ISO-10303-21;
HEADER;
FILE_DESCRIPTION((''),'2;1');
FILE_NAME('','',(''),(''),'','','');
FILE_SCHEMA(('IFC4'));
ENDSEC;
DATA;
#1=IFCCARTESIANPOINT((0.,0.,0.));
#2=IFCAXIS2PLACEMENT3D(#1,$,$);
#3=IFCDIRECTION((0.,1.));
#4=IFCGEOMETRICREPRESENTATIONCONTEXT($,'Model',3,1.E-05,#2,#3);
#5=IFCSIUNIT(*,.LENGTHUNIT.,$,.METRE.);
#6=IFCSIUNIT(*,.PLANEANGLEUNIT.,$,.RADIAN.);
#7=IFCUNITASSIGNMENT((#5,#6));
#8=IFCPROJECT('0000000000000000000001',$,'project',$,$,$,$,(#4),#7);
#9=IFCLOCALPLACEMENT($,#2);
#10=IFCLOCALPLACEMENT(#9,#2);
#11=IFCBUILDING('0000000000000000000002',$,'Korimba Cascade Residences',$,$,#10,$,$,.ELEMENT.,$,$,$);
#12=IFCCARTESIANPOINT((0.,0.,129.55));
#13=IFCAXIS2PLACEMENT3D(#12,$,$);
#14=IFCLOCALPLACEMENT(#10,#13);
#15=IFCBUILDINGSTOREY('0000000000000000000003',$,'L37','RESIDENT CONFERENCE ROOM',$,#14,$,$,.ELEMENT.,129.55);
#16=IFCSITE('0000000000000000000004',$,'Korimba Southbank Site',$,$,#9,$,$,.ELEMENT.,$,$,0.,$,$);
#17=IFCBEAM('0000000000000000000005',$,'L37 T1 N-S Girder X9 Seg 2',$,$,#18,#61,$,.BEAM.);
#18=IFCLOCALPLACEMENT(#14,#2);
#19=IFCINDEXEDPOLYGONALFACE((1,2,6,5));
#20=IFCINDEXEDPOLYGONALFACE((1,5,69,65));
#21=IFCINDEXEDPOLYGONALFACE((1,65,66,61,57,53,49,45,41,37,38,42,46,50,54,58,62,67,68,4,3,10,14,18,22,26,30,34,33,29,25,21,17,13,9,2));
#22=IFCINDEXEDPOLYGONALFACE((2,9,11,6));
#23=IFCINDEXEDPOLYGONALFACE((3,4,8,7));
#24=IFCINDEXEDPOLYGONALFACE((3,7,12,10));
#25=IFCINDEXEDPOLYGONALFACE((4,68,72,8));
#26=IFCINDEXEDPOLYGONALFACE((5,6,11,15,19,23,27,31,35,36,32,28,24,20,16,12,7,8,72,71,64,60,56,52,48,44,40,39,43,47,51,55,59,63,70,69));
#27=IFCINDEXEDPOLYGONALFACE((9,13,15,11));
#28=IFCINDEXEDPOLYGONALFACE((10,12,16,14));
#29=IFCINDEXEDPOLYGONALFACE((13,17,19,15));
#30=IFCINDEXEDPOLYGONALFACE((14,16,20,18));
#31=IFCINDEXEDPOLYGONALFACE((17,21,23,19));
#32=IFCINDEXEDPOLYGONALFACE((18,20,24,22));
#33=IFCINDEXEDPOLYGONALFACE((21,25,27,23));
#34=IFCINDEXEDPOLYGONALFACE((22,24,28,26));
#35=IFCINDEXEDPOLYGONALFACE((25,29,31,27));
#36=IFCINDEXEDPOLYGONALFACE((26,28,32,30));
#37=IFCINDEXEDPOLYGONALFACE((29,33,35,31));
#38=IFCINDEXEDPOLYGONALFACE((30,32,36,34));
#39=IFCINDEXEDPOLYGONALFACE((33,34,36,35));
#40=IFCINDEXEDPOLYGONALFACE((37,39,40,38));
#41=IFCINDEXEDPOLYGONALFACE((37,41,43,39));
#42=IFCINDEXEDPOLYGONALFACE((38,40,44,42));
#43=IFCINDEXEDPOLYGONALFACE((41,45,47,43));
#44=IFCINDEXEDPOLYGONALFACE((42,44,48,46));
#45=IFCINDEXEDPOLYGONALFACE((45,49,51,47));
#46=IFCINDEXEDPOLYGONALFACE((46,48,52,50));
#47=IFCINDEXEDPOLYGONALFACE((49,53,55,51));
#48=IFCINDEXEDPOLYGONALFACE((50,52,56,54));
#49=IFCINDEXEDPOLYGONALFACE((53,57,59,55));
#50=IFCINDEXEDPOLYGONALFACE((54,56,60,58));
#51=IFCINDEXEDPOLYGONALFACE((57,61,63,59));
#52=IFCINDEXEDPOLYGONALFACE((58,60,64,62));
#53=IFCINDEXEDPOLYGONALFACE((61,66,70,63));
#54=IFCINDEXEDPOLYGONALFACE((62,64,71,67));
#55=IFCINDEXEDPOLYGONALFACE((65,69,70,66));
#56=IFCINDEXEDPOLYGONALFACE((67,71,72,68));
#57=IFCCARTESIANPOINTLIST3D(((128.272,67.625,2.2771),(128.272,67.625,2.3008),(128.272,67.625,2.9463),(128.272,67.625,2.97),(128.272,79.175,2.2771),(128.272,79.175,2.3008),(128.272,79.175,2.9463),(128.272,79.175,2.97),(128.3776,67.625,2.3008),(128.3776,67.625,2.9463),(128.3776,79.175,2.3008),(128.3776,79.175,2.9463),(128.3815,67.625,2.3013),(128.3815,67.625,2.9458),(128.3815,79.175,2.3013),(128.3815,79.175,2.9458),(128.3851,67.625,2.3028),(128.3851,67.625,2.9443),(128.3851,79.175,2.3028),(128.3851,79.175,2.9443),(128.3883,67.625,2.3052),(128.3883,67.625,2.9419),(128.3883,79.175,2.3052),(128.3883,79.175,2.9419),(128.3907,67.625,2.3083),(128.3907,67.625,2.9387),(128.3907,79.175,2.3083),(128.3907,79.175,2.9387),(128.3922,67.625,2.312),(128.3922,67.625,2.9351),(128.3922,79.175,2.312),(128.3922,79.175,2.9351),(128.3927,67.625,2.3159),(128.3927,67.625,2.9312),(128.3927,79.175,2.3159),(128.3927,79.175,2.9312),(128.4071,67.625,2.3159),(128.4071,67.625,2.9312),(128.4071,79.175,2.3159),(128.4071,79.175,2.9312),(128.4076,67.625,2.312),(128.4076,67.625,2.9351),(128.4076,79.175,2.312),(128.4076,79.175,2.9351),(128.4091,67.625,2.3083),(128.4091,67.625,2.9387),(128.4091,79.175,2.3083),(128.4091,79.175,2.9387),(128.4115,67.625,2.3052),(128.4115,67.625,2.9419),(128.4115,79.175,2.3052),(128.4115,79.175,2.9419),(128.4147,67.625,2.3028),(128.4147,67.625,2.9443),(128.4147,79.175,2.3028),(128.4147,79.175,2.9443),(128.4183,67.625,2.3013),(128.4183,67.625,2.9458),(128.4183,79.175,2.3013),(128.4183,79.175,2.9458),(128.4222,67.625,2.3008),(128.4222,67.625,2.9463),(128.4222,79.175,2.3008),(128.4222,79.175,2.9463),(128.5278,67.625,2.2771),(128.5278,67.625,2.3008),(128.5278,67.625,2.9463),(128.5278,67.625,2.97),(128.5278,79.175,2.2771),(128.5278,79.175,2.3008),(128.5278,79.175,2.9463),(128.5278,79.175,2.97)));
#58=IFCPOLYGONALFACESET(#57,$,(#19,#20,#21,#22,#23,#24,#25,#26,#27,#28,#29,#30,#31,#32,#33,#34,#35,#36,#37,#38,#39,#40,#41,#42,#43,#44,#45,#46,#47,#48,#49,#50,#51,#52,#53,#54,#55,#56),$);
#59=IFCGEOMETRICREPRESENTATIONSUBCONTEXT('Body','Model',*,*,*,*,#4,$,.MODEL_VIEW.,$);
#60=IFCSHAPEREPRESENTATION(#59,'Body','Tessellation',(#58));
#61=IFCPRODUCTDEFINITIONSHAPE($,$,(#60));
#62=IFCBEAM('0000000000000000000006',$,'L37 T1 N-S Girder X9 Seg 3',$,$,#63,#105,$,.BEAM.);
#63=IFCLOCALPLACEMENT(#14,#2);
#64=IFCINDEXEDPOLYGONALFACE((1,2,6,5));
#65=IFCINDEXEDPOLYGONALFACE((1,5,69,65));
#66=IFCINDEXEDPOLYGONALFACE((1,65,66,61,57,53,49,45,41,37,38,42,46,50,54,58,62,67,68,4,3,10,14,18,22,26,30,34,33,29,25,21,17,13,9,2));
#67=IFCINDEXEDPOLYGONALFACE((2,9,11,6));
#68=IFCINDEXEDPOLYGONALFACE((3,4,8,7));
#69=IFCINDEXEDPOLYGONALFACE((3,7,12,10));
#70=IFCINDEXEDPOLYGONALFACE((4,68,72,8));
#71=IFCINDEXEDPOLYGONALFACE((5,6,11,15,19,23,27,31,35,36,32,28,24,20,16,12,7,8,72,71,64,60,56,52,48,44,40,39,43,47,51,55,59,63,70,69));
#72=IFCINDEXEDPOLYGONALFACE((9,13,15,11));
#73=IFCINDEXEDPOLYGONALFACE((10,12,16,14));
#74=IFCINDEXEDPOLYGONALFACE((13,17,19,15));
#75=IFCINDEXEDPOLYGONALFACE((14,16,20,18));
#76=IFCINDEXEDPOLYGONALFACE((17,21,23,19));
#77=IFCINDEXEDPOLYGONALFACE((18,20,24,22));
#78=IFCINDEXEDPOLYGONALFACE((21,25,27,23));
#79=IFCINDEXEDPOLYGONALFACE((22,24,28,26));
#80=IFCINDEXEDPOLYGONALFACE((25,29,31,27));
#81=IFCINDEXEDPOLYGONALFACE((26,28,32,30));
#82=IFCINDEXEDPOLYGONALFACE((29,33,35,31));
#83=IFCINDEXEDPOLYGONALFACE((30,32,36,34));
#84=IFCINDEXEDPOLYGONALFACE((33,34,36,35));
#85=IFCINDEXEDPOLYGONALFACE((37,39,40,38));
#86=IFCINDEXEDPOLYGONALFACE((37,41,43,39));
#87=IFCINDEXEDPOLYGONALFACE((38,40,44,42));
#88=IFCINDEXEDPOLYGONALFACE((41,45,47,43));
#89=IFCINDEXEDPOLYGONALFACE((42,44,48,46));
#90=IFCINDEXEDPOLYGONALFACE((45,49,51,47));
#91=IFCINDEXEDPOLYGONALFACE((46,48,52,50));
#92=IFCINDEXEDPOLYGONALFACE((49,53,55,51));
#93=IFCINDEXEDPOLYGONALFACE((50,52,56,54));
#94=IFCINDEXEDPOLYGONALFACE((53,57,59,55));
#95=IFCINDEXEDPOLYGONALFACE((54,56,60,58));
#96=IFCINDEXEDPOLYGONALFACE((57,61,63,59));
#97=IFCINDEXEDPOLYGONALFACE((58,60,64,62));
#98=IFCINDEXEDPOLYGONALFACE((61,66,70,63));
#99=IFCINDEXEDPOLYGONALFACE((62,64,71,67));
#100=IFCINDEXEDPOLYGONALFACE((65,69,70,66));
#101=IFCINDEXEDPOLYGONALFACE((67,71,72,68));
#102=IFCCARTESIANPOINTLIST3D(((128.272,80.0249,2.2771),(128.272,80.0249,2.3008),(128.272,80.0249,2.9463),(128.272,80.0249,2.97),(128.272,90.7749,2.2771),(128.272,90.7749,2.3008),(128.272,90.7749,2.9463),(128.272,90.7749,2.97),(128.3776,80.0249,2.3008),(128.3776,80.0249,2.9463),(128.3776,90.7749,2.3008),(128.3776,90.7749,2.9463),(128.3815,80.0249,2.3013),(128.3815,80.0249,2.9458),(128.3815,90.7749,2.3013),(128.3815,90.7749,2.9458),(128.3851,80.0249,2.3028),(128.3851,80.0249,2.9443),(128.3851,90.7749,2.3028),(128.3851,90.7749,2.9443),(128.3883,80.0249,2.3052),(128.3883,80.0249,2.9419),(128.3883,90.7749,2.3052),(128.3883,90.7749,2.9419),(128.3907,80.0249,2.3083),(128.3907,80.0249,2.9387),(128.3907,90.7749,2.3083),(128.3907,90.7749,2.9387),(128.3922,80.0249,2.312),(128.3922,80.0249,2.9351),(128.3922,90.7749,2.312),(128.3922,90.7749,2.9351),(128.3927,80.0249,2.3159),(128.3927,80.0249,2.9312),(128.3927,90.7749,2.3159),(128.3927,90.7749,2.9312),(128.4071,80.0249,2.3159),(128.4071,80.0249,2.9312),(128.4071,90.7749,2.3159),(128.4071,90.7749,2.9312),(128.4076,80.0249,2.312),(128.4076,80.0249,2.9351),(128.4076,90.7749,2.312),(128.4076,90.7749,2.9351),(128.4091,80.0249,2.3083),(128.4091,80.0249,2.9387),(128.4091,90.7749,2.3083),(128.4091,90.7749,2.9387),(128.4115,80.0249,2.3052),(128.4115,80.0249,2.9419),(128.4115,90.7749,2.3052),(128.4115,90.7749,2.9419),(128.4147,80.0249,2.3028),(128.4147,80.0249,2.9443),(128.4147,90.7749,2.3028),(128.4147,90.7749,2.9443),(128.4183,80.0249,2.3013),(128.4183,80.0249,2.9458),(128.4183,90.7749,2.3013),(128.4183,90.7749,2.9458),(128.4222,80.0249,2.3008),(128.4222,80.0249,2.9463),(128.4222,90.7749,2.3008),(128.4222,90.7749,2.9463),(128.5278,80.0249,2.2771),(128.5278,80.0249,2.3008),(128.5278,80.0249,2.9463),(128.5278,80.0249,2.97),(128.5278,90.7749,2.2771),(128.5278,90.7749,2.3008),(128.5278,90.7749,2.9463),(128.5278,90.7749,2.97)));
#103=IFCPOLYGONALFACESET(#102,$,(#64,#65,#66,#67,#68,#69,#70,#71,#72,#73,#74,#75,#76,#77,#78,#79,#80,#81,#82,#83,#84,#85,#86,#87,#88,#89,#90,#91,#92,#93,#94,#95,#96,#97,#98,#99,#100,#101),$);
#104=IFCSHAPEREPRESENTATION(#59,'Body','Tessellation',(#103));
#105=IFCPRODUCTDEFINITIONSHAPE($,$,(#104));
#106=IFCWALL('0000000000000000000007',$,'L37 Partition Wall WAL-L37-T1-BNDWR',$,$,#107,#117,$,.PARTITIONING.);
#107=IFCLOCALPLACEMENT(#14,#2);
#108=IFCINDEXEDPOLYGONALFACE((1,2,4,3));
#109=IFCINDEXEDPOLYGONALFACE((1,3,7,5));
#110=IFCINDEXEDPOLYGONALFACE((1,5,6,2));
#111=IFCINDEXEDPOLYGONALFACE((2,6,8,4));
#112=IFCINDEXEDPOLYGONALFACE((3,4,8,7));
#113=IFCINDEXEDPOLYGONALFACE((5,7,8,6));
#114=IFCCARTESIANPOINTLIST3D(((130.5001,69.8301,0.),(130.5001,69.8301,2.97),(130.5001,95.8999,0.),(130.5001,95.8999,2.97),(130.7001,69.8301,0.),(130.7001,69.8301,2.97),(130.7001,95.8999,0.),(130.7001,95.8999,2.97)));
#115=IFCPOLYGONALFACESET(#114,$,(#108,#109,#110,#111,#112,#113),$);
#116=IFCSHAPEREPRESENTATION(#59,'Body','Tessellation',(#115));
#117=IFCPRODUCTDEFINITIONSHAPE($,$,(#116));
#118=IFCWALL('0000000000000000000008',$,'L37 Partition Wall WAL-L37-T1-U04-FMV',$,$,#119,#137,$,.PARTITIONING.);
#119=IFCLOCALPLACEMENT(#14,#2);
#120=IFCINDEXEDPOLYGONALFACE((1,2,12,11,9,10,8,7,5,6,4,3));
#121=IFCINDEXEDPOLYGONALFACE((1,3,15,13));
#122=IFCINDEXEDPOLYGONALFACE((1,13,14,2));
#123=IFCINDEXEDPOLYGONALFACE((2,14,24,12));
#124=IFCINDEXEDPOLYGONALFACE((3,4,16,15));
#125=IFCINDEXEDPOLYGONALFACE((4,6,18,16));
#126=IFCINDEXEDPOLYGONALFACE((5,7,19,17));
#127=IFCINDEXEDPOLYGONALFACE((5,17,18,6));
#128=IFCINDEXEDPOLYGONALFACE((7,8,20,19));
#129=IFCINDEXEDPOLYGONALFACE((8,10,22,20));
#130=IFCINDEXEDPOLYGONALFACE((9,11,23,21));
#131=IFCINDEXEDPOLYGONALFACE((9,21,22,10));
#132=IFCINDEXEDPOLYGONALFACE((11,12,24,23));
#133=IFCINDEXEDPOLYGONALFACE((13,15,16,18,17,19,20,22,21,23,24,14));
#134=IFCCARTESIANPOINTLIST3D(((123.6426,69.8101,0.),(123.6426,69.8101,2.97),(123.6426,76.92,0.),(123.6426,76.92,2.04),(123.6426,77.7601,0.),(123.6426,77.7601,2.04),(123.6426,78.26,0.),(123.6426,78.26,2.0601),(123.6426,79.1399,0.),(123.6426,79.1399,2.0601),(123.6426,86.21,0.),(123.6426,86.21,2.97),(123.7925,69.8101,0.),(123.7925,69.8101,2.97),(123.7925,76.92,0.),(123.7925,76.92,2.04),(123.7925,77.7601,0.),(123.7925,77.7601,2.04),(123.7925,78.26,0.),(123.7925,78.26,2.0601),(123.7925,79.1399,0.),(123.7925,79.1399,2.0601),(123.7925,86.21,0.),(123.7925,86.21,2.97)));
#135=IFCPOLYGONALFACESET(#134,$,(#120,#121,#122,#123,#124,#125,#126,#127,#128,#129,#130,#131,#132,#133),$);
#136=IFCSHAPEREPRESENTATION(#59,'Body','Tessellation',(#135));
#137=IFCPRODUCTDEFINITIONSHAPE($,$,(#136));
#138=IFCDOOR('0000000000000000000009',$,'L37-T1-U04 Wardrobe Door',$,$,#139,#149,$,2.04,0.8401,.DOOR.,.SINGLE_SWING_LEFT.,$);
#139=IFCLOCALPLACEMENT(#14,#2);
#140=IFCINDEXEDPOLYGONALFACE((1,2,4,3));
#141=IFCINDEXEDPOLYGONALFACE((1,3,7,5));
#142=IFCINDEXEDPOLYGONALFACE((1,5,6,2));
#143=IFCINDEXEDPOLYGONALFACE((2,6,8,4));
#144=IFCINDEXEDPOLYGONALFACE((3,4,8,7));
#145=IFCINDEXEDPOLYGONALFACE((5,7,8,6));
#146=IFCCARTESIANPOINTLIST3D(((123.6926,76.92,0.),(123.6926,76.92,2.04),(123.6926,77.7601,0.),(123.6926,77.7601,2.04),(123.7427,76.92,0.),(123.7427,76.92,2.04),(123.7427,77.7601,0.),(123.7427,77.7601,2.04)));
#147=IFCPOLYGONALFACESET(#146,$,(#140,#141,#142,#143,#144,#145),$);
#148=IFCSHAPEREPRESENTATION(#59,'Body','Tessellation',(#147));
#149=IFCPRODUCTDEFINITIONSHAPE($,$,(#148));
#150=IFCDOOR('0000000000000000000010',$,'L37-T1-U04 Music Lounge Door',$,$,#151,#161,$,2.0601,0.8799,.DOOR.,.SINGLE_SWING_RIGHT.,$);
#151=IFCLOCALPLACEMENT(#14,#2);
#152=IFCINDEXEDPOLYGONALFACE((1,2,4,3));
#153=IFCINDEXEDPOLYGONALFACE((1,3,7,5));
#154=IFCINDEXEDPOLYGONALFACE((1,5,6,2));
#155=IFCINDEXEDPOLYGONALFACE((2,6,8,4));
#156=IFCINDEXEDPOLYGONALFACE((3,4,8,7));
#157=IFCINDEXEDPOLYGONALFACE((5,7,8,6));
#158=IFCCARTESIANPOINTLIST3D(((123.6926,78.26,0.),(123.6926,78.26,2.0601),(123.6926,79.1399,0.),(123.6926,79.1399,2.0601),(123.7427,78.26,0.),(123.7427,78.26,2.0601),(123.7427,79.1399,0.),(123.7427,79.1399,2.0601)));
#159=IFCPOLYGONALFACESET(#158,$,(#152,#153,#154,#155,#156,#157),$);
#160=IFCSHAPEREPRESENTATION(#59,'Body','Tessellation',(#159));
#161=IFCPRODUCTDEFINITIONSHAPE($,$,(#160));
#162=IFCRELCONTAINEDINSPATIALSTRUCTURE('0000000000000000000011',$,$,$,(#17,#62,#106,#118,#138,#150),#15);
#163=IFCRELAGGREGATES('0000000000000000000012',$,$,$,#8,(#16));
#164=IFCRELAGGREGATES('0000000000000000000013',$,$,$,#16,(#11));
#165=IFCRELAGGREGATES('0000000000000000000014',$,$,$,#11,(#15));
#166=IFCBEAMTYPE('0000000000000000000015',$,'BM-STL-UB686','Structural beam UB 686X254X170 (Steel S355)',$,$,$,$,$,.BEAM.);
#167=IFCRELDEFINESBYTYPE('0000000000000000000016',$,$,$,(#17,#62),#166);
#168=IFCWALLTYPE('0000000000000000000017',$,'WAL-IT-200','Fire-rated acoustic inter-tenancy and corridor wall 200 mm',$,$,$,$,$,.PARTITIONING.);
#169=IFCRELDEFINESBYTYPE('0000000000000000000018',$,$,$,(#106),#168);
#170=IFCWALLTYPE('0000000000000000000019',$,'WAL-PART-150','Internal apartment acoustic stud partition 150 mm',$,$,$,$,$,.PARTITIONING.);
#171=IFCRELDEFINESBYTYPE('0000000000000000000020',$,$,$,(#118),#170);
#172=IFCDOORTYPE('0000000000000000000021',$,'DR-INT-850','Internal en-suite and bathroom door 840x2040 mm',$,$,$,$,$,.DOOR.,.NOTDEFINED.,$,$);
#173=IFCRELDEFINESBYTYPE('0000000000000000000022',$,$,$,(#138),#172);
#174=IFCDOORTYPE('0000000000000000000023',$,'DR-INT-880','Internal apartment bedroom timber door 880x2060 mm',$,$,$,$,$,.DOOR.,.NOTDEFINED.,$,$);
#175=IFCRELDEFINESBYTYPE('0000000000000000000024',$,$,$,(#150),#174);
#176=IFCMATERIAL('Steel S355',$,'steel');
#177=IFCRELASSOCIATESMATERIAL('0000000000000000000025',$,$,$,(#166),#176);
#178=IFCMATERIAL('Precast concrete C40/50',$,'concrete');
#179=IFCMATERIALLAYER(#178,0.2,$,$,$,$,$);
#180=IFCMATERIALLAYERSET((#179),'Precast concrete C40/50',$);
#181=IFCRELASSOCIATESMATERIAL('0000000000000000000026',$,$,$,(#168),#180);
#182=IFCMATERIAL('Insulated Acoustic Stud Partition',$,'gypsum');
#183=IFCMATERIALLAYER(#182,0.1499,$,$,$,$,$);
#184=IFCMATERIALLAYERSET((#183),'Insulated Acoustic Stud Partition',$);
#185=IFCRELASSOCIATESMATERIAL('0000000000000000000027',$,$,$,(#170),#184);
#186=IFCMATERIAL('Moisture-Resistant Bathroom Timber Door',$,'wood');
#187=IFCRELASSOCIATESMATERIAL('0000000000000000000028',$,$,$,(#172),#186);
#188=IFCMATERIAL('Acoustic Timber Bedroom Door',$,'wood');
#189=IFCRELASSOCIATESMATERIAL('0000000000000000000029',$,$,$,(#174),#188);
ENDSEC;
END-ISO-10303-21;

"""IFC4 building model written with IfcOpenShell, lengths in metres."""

from ifc_helpers import new_model, si_unit, direction, frame, frame_2d, origin, origin_2d, place, context, subcontext, project, spatial, rectangle, i_section, extrude, material, layer, layer_set, material_profile, profile_set, type_object, element, fill, save


model = new_model("IFC4")

# Units and contexts
model_context = context("Model", 3, precision=1e-05, world=origin(), true_north=direction((0.0, 1.0)))
body_context = subcontext(model_context, "Body", "Model", "MODEL_VIEW")
ifc_project = project(units=[si_unit("LENGTHUNIT", "METRE"), si_unit("PLANEANGLEUNIT", "RADIAN")], contexts=[model_context])

# Site, building, storey
site_placement = place(None, origin())
site = spatial("IfcSite", under=ifc_project, at=site_placement, Name="Korimba Southbank Site", CompositionType="ELEMENT", RefElevation=0.0)
building_placement = place(site_placement, origin())
building = spatial("IfcBuilding", under=site, at=building_placement, Name="Korimba Cascade Residences", CompositionType="ELEMENT")
storey_placement = place(building_placement, frame((0.0, 0.0, 129.55)))
storey = spatial("IfcBuildingStorey", under=building, at=storey_placement, Name="L37", Description="RESIDENT CONFERENCE ROOM", CompositionType="ELEMENT", Elevation=129.55)

# Beams
ifc_material_1 = material(Name="Steel S355", Category="steel")
ifc_material_profile_1 = material_profile(ifc_material_1, i_section(OverallWidth=0.2559, OverallDepth=0.6929, WebThickness=0.0144, FlangeThickness=0.0237, FilletRadius=0.0151, at=origin_2d()), Name="Steel S355")
ifc_profile_set_1 = profile_set([ifc_material_profile_1], Name="Steel S355")
beam_type_1 = type_object("IfcBeamType", Name="BM-STL-UB686", Description="Structural beam UB 686X254X170 (Steel S355)", PredefinedType="BEAM", material=ifc_profile_set_1)
beam_1_placement = place(storey_placement, frame((128.3999, 67.625, 2.6235), z_axis=(0.0, 1.0, 0.0), x_axis=(-1.0, 0.0, 0.0)))
element("IfcBeam", 1, at=beam_1_placement, inside=storey, type_object=beam_type_1, Name="L37 T1 N-S Girder X9 Seg 2", PredefinedType="BEAM", context=body_context, shape_type="SweptSolid", body=[
    extrude(i_section(OverallWidth=0.2559, OverallDepth=0.6929, WebThickness=0.0144, FlangeThickness=0.0237, FilletRadius=0.0151, at=origin_2d()), origin(), (0.0, 0.0, 1.0), 11.55),
])
beam_2_placement = place(storey_placement, frame((128.3999, 80.0249, 2.6235), z_axis=(0.0, 1.0, 0.0), x_axis=(-1.0, 0.0, 0.0)))
element("IfcBeam", 2, at=beam_2_placement, inside=storey, type_object=beam_type_1, Name="L37 T1 N-S Girder X9 Seg 3", PredefinedType="BEAM", context=body_context, shape_type="SweptSolid", body=[
    extrude(i_section(OverallWidth=0.2559, OverallDepth=0.6929, WebThickness=0.0144, FlangeThickness=0.0237, FilletRadius=0.0151, at=origin_2d()), origin(), (0.0, 0.0, 1.0), 10.75),
])

# Wall
ifc_material_2 = material(Name="Precast concrete C40/50", Category="concrete")
ifc_layer_1 = layer(ifc_material_2, 0.2)
ifc_layer_set_1 = layer_set([ifc_layer_1], Name="Precast concrete C40/50")
wall_type_1 = type_object("IfcWallType", Name="WAL-IT-200", Description="Fire-rated acoustic inter-tenancy and corridor wall 200 mm", PredefinedType="PARTITIONING", material=ifc_layer_set_1)
wall_1_placement = place(storey_placement, frame((130.6001, 69.8301, 0.0), z_axis=(0.0, 0.0, 1.0), x_axis=(0.0, 1.0, 0.0)))
element("IfcWall", 3, at=wall_1_placement, inside=storey, type_object=wall_type_1, Name="L37 Partition Wall WAL-L37-T1-BNDWR", PredefinedType="PARTITIONING", context=body_context, shape_type="SweptSolid", body=[
    extrude(rectangle(XDim=26.0698, YDim=0.2, at=frame_2d((13.0349, 0.0))), origin(), (0.0, 0.0, 1.0), 2.97),
])

# Wall, openings, doors
ifc_material_3 = material(Name="Insulated Acoustic Stud Partition", Category="gypsum")
ifc_layer_2 = layer(ifc_material_3, 0.1499)
ifc_layer_set_2 = layer_set([ifc_layer_2], Name="Insulated Acoustic Stud Partition")
wall_type_2 = type_object("IfcWallType", Name="WAL-PART-150", Description="Internal apartment acoustic stud partition 150 mm", PredefinedType="PARTITIONING", material=ifc_layer_set_2)
wall_2_placement = place(storey_placement, frame((123.7175, 69.8101, 0.0), z_axis=(0.0, 0.0, 1.0), x_axis=(0.0, 1.0, 0.0)))
wall_2 = element("IfcWall", 4, at=wall_2_placement, inside=storey, type_object=wall_type_2, Name="L37 Partition Wall WAL-L37-T1-U04-FMV", PredefinedType="PARTITIONING", context=body_context, shape_type="SweptSolid", body=[
    extrude(rectangle(XDim=16.3999, YDim=0.1499, at=frame_2d((8.2, 0.0))), origin(), (0.0, 0.0, 1.0), 2.97),
])
opening_1_placement = place(wall_2_placement, frame((7.1101, 0.0, 0.0)))
opening_1 = element("IfcOpeningElement", 5, at=opening_1_placement, cuts=wall_2, PredefinedType="OPENING", context=body_context, shape_type="SweptSolid", body=[
    extrude(rectangle(XDim=0.8401, YDim=2.04, at=frame_2d((0.4199, 1.02))), frame((0.0, 0.085, 0.0), z_axis=(0.0, -1.0, 0.0), x_axis=(1.0, 0.0, 0.0)), (0.0, 0.0, 1.0), 0.1699),
])
opening_2_placement = place(wall_2_placement, frame((8.45, 0.0, 0.0)))
opening_2 = element("IfcOpeningElement", 6, at=opening_2_placement, cuts=wall_2, PredefinedType="OPENING", context=body_context, shape_type="SweptSolid", body=[
    extrude(rectangle(XDim=0.8799, YDim=2.0601, at=frame_2d((0.4399, 1.03))), frame((0.0, 0.085, 0.0), z_axis=(0.0, -1.0, 0.0), x_axis=(1.0, 0.0, 0.0)), (0.0, 0.0, 1.0), 0.1699),
])
ifc_material_4 = material(Name="Moisture-Resistant Bathroom Timber Door", Category="wood")
door_type_1 = type_object("IfcDoorType", Name="DR-INT-850", Description="Internal en-suite and bathroom door 840x2040 mm", OperationType="NOTDEFINED", PredefinedType="DOOR", material=ifc_material_4)
door_1_placement = place(opening_1_placement, origin())
door_1 = element("IfcDoor", 7, at=door_1_placement, inside=storey, type_object=door_type_1, Name="L37-T1-U04 Wardrobe Door", OperationType="SINGLE_SWING_LEFT", OverallHeight=2.04, OverallWidth=0.8401, PredefinedType="DOOR", context=body_context, shape_type="SweptSolid", body=[
    extrude(rectangle(XDim=0.8401, YDim=2.04, at=frame_2d((0.4199, 1.02))), frame((0.0, 0.0249, 0.0), z_axis=(0.0, -1.0, 0.0), x_axis=(1.0, 0.0, 0.0)), (0.0, 0.0, 1.0), 0.05),
])
fill(opening_1, door_1)
ifc_material_5 = material(Name="Acoustic Timber Bedroom Door", Category="wood")
door_type_2 = type_object("IfcDoorType", Name="DR-INT-880", Description="Internal apartment bedroom timber door 880x2060 mm", OperationType="NOTDEFINED", PredefinedType="DOOR", material=ifc_material_5)
door_2_placement = place(opening_2_placement, origin())
door_2 = element("IfcDoor", 8, at=door_2_placement, inside=storey, type_object=door_type_2, Name="L37-T1-U04 Music Lounge Door", OperationType="SINGLE_SWING_RIGHT", OverallHeight=2.0601, OverallWidth=0.8799, PredefinedType="DOOR", context=body_context, shape_type="SweptSolid", body=[
    extrude(rectangle(XDim=0.8799, YDim=2.0601, at=frame_2d((0.4399, 1.03))), frame((0.0, 0.0249, 0.0), z_axis=(0.0, -1.0, 0.0), x_axis=(1.0, 0.0, 0.0)), (0.0, 0.0, 1.0), 0.05),
])
fill(opening_2, door_2)

save(model, "model.ifc")
